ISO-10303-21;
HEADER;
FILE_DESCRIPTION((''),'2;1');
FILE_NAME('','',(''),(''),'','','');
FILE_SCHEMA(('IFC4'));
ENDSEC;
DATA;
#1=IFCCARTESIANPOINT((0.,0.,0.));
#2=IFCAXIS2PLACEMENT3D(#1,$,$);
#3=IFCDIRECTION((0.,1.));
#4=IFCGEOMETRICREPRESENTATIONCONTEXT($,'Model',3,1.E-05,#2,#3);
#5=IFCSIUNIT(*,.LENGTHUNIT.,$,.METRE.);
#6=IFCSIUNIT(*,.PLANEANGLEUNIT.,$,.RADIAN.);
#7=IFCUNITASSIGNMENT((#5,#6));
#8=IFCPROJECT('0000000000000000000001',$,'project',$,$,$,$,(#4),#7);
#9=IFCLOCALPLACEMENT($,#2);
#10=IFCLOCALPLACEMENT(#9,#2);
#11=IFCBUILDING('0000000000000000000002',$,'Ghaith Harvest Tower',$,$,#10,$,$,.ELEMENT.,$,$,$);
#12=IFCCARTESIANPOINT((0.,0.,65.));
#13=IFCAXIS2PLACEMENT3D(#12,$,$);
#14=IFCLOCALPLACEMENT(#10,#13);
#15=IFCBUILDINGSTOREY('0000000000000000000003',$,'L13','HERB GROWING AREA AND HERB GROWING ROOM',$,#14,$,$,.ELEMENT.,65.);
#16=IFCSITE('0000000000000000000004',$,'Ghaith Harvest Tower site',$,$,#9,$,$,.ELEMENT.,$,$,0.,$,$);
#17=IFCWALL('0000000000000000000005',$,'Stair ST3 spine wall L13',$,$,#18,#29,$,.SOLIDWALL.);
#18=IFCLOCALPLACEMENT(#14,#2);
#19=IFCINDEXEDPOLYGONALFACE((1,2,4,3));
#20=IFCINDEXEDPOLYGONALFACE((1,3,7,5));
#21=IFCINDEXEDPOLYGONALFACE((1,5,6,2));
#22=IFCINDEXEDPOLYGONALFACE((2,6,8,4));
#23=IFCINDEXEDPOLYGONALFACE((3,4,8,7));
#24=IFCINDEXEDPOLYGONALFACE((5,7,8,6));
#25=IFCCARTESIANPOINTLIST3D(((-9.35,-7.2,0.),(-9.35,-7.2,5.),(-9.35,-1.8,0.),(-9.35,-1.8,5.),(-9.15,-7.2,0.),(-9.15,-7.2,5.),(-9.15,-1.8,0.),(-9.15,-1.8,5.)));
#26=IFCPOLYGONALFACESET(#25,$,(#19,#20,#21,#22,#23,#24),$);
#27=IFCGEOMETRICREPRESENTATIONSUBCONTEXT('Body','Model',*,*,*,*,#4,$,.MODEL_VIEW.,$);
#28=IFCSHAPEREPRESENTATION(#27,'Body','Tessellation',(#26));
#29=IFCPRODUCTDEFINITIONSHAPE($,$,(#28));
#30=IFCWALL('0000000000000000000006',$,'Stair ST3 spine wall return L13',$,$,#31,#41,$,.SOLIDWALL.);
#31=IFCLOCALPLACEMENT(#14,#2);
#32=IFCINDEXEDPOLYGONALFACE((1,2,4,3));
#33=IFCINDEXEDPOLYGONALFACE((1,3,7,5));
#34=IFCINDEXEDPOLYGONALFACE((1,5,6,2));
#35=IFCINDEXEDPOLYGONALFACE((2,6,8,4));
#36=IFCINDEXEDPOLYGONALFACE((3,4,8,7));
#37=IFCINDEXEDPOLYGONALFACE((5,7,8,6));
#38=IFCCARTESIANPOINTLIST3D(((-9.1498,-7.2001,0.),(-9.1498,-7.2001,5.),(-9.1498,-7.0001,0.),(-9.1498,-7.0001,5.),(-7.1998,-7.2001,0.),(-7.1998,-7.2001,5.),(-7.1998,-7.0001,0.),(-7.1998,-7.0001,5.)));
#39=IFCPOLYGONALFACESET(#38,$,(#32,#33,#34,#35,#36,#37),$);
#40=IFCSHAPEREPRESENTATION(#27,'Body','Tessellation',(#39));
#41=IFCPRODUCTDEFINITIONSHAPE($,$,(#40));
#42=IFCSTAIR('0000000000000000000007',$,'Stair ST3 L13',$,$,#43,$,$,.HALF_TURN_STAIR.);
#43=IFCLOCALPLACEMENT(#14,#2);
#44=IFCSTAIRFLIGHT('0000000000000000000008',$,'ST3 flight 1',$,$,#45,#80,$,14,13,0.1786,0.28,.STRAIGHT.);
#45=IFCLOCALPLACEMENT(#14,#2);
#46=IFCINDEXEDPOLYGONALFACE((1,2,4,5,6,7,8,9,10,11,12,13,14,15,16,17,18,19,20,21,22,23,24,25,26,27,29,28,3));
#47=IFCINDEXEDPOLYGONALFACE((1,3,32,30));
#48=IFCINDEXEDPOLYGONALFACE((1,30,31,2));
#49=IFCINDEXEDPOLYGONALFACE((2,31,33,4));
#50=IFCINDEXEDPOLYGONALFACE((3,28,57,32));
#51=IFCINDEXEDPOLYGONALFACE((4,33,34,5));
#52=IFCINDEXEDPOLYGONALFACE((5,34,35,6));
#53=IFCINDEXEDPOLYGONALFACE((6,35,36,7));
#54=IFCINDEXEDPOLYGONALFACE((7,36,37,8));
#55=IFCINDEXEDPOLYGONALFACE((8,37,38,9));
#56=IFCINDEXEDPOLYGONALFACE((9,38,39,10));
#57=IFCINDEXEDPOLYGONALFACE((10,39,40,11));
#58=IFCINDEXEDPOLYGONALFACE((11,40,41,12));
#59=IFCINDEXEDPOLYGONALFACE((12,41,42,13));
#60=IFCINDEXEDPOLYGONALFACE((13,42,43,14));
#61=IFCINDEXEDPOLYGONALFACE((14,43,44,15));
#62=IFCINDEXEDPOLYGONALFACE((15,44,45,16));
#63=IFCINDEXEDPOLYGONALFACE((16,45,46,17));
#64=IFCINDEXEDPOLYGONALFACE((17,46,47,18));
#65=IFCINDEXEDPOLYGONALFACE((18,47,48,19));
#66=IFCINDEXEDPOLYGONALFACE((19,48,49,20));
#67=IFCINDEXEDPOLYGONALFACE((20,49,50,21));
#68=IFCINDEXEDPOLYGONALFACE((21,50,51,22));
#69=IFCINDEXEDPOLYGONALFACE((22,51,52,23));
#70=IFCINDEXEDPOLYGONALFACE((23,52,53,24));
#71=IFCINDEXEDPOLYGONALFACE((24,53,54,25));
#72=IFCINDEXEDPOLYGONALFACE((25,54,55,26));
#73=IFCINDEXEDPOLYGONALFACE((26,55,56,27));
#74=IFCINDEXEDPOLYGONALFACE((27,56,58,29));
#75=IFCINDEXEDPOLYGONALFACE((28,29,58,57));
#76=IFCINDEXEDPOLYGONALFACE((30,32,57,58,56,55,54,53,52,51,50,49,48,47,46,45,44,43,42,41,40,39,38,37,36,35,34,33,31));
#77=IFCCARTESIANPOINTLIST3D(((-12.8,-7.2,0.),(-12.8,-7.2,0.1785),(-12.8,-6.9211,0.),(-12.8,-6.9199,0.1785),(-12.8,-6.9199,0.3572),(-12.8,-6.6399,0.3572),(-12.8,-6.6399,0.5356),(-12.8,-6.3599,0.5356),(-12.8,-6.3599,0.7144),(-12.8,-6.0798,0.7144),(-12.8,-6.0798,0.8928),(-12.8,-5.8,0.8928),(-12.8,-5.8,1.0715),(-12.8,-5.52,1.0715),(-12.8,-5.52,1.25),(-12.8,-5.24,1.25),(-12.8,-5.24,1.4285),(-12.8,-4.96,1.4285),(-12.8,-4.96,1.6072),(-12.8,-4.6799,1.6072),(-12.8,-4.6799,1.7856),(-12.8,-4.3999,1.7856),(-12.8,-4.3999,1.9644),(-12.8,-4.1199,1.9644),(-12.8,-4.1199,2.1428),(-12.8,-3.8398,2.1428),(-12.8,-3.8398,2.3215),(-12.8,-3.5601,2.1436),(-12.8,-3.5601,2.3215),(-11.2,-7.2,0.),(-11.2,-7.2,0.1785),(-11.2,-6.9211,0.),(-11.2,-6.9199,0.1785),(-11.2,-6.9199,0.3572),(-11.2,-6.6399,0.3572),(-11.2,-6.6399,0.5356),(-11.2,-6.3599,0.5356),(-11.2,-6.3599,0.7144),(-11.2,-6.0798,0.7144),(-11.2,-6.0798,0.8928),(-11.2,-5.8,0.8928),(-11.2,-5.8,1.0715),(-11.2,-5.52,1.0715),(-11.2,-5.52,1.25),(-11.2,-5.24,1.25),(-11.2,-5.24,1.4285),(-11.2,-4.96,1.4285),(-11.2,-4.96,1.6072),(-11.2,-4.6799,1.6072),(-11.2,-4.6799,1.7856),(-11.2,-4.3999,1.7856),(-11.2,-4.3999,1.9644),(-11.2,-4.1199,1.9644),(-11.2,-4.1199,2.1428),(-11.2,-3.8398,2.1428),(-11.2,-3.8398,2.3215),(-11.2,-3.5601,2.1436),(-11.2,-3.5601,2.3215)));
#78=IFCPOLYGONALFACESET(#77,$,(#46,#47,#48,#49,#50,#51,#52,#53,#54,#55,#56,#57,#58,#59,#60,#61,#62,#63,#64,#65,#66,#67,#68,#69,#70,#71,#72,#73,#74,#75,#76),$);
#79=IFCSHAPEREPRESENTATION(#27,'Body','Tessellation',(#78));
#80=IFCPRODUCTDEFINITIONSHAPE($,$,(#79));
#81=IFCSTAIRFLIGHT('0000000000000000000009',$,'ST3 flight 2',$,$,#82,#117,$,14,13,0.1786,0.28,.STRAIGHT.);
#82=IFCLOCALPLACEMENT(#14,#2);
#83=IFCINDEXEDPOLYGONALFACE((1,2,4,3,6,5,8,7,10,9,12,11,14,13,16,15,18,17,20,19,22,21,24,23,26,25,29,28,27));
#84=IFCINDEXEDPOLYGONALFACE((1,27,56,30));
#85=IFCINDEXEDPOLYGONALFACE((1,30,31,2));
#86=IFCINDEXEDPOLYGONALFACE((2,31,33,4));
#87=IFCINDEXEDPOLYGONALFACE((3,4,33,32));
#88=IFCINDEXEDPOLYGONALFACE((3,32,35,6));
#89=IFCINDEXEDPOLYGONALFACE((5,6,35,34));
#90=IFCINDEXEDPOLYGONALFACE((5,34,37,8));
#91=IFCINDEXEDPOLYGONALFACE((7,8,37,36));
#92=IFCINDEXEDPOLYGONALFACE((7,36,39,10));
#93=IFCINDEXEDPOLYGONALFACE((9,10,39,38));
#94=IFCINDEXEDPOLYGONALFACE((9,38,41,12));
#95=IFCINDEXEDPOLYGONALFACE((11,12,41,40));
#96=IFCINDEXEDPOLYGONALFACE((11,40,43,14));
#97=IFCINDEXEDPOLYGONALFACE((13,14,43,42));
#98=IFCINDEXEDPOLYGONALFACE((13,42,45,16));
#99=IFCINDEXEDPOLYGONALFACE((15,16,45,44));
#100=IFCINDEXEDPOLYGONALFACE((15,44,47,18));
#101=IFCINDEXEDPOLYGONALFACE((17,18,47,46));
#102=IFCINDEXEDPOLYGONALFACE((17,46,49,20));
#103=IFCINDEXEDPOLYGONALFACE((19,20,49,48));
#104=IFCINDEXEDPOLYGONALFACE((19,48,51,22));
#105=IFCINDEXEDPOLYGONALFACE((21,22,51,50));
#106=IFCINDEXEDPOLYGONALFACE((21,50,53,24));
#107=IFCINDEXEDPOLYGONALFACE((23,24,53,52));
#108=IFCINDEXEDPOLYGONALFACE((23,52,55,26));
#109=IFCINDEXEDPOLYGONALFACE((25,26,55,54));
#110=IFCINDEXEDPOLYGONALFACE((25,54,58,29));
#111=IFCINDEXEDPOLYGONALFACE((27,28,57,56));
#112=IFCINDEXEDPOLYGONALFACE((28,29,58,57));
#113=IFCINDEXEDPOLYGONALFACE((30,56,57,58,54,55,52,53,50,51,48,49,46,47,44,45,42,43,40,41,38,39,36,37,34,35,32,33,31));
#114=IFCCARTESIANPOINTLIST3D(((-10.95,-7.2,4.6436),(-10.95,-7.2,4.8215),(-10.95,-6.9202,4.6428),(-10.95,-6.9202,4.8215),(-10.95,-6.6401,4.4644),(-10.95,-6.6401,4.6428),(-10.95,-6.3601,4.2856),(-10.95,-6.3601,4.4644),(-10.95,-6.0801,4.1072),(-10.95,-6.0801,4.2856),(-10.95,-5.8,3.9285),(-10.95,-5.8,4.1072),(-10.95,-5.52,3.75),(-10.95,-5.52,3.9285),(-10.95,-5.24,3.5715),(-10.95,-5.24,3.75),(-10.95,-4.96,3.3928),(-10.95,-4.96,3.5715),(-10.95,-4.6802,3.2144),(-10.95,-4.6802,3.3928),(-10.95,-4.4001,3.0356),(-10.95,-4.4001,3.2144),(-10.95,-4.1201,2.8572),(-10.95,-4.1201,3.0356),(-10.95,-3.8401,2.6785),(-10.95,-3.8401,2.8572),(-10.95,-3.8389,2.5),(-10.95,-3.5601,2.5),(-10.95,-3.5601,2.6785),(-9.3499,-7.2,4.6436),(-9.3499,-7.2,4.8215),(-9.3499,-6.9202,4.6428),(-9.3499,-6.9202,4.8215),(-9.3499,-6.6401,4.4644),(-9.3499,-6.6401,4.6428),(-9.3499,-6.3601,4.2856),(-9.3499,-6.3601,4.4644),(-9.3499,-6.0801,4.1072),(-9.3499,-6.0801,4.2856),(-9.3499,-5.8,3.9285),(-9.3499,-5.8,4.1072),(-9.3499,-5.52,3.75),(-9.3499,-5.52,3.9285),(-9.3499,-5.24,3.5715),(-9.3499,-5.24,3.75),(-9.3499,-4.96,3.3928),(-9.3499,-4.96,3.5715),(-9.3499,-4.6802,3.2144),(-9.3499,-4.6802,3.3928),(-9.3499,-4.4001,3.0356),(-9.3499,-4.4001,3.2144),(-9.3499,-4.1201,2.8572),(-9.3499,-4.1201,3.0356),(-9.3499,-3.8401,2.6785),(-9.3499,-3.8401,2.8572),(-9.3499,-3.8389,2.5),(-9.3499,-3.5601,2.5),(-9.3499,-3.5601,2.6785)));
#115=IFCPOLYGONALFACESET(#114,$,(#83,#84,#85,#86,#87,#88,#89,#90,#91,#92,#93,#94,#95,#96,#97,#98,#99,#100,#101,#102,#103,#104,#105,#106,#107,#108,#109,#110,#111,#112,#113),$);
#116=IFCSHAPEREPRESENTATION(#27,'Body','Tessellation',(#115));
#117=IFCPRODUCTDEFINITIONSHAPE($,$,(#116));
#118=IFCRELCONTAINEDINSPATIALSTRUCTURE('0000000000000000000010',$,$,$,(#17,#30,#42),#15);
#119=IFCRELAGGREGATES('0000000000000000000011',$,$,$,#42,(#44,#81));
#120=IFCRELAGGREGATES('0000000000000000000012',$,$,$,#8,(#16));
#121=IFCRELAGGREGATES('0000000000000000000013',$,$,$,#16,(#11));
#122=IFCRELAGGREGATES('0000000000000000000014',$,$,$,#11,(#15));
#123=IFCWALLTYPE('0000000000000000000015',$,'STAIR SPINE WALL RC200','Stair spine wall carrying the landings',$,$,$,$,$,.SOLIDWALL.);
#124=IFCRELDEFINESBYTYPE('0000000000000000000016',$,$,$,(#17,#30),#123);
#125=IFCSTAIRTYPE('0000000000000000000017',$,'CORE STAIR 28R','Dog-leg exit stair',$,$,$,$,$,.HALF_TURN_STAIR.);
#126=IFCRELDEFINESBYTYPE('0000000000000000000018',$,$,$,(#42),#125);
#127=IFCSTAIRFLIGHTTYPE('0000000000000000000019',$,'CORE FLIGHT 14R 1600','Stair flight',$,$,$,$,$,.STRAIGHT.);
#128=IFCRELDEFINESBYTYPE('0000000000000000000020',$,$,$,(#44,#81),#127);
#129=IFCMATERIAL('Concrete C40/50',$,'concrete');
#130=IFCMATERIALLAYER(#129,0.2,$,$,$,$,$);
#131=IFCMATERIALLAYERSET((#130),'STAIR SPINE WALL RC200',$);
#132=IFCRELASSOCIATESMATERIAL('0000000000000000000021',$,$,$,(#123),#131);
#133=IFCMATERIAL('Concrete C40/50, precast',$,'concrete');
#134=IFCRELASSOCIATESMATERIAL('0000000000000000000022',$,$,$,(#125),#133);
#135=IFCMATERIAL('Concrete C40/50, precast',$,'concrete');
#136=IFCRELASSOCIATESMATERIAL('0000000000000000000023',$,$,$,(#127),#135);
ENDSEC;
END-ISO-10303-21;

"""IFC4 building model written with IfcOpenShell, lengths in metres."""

from ifc_helpers import new_model, si_unit, direction, frame, frame_2d, origin, place, context, subcontext, project, spatial, polyline, rectangle, outline, extrude, material, layer, layer_set, type_object, element, aggregate, save


model = new_model("IFC4")

# Units and contexts
model_context = context("Model", 3, precision=1e-05, world=origin(), true_north=direction((0.0, 1.0)))
body_context = subcontext(model_context, "Body", "Model", "MODEL_VIEW")
ifc_project = project(units=[si_unit("LENGTHUNIT", "METRE"), si_unit("PLANEANGLEUNIT", "RADIAN")], contexts=[model_context])

# Site, building, storey
site_placement = place(None, origin())
site = spatial("IfcSite", under=ifc_project, at=site_placement, Name="Ghaith Harvest Tower site", CompositionType="ELEMENT", RefElevation=0.0)
building_placement = place(site_placement, origin())
building = spatial("IfcBuilding", under=site, at=building_placement, Name="Ghaith Harvest Tower", CompositionType="ELEMENT")
storey_placement = place(building_placement, frame((0.0, 0.0, 65.0)))
storey = spatial("IfcBuildingStorey", under=building, at=storey_placement, Name="L13", Description="HERB GROWING AREA AND HERB GROWING ROOM", CompositionType="ELEMENT", Elevation=65.0)

# Walls
ifc_material_1 = material(Name="Concrete C40/50", Category="concrete")
ifc_layer_1 = layer(ifc_material_1, 0.2)
ifc_layer_set_1 = layer_set([ifc_layer_1], Name="STAIR SPINE WALL RC200")
wall_type_1 = type_object("IfcWallType", Name="STAIR SPINE WALL RC200", Description="Stair spine wall carrying the landings", PredefinedType="SOLIDWALL", material=ifc_layer_set_1)
wall_1_placement = place(storey_placement, frame((-9.25, -7.2, 0.0), z_axis=(0.0, 0.0, 1.0), x_axis=(0.0, 1.0, 0.0)))
element("IfcWall", 1, at=wall_1_placement, inside=storey, type_object=wall_type_1, Name="Stair ST3 spine wall L13", PredefinedType="SOLIDWALL", context=body_context, shape_type="SweptSolid", body=[
    extrude(rectangle(XDim=5.3999, YDim=0.2, at=frame_2d((2.7, 0.0))), origin(), (0.0, 0.0, 1.0), 5.0),
])
wall_2_placement = place(storey_placement, frame((-9.1499, -7.1001, 0.0), z_axis=(0.0, 0.0, 1.0), x_axis=(1.0, 0.0, 0.0)))
element("IfcWall", 2, at=wall_2_placement, inside=storey, type_object=wall_type_1, Name="Stair ST3 spine wall return L13", PredefinedType="SOLIDWALL", context=body_context, shape_type="SweptSolid", body=[
    extrude(rectangle(XDim=1.95, YDim=0.2, at=frame_2d((0.9751, 0.0))), origin(), (0.0, 0.0, 1.0), 5.0),
])

# Stair, stair flights
ifc_material_2 = material(Name="Concrete C40/50, precast", Category="concrete")
stair_type = type_object("IfcStairType", Name="CORE STAIR 28R", Description="Dog-leg exit stair", PredefinedType="HALF_TURN_STAIR", material=ifc_material_2)
stair_placement = place(storey_placement, origin())
stair = element("IfcStair", 3, at=stair_placement, inside=storey, type_object=stair_type, Name="Stair ST3 L13", PredefinedType="HALF_TURN_STAIR")
ifc_material_3 = material(Name="Concrete C40/50, precast", Category="concrete")
stair_flight_type = type_object("IfcStairFlightType", Name="CORE FLIGHT 14R 1600", Description="Stair flight", PredefinedType="STRAIGHT", material=ifc_material_3)
stair_flight_1_placement = place(storey_placement, frame((-12.0, -7.2, 0.0), z_axis=(0.0, 0.0, 1.0), x_axis=(0.0, 1.0, 0.0)))
stair_flight_1 = element("IfcStairFlight", 4, at=stair_flight_1_placement, type_object=stair_flight_type, Name="ST3 flight 1", NumberOfRisers=14, NumberOfTreads=13, PredefinedType="STRAIGHT", RiserHeight=0.1786, TreadLength=0.28, context=body_context, shape_type="SweptSolid", body=[
    extrude(outline(polyline([(0.0, 0.0), (0.0, 0.1785), (0.28, 0.1785), (0.28, 0.3572), (0.5601, 0.3572), (0.5601, 0.5356), (0.8401, 0.5356), (0.8401, 0.7144), (1.1201, 0.7144), (1.1201, 0.8928), (1.3999, 0.8928), (1.3999, 1.0715), (1.6799, 1.0715), (1.6799, 1.25), (1.96, 1.25), (1.96, 1.4285), (2.24, 1.4285), (2.24, 1.6072), (2.52, 1.6072), (2.52, 1.7856), (2.8, 1.7856), (2.8, 1.9644), (3.0801, 1.9644), (3.0801, 2.1428), (3.3601, 2.1428), (3.3601, 2.3215), (3.6399, 2.3215), (3.6399, 2.5), (3.6399, 2.1436), (0.2788, 0.0), (0.0, 0.0)])), frame((0.0, 0.8, 0.0), z_axis=(0.0, -1.0, 0.0), x_axis=(1.0, 0.0, 0.0)), (0.0, 0.0, 1.0), 1.6001),
])
stair_flight_2_placement = place(storey_placement, frame((-10.1499, -3.5601, 2.5), z_axis=(0.0, 0.0, 1.0), x_axis=(0.0, -1.0, 0.0)))
stair_flight_2 = element("IfcStairFlight", 5, at=stair_flight_2_placement, type_object=stair_flight_type, Name="ST3 flight 2", NumberOfRisers=14, NumberOfTreads=13, PredefinedType="STRAIGHT", RiserHeight=0.1786, TreadLength=0.28, context=body_context, shape_type="SweptSolid", body=[
    extrude(outline(polyline([(0.0, 0.0), (0.0, 0.1785), (0.28, 0.1785), (0.28, 0.3572), (0.5601, 0.3572), (0.5601, 0.5356), (0.8401, 0.5356), (0.8401, 0.7144), (1.1201, 0.7144), (1.1201, 0.8928), (1.3999, 0.8928), (1.3999, 1.0715), (1.6799, 1.0715), (1.6799, 1.25), (1.96, 1.25), (1.96, 1.4285), (2.24, 1.4285), (2.24, 1.6072), (2.52, 1.6072), (2.52, 1.7856), (2.8, 1.7856), (2.8, 1.9644), (3.0801, 1.9644), (3.0801, 2.1428), (3.3601, 2.1428), (3.3601, 2.3215), (3.6399, 2.3215), (3.6399, 2.5), (3.6399, 2.1436), (0.2788, 0.0), (0.0, 0.0)])), frame((0.0, 0.8, 0.0), z_axis=(0.0, -1.0, 0.0), x_axis=(1.0, 0.0, 0.0)), (0.0, 0.0, 1.0), 1.6001),
])
aggregate(stair, [stair_flight_1, stair_flight_2])

save(model, "model.ifc")
